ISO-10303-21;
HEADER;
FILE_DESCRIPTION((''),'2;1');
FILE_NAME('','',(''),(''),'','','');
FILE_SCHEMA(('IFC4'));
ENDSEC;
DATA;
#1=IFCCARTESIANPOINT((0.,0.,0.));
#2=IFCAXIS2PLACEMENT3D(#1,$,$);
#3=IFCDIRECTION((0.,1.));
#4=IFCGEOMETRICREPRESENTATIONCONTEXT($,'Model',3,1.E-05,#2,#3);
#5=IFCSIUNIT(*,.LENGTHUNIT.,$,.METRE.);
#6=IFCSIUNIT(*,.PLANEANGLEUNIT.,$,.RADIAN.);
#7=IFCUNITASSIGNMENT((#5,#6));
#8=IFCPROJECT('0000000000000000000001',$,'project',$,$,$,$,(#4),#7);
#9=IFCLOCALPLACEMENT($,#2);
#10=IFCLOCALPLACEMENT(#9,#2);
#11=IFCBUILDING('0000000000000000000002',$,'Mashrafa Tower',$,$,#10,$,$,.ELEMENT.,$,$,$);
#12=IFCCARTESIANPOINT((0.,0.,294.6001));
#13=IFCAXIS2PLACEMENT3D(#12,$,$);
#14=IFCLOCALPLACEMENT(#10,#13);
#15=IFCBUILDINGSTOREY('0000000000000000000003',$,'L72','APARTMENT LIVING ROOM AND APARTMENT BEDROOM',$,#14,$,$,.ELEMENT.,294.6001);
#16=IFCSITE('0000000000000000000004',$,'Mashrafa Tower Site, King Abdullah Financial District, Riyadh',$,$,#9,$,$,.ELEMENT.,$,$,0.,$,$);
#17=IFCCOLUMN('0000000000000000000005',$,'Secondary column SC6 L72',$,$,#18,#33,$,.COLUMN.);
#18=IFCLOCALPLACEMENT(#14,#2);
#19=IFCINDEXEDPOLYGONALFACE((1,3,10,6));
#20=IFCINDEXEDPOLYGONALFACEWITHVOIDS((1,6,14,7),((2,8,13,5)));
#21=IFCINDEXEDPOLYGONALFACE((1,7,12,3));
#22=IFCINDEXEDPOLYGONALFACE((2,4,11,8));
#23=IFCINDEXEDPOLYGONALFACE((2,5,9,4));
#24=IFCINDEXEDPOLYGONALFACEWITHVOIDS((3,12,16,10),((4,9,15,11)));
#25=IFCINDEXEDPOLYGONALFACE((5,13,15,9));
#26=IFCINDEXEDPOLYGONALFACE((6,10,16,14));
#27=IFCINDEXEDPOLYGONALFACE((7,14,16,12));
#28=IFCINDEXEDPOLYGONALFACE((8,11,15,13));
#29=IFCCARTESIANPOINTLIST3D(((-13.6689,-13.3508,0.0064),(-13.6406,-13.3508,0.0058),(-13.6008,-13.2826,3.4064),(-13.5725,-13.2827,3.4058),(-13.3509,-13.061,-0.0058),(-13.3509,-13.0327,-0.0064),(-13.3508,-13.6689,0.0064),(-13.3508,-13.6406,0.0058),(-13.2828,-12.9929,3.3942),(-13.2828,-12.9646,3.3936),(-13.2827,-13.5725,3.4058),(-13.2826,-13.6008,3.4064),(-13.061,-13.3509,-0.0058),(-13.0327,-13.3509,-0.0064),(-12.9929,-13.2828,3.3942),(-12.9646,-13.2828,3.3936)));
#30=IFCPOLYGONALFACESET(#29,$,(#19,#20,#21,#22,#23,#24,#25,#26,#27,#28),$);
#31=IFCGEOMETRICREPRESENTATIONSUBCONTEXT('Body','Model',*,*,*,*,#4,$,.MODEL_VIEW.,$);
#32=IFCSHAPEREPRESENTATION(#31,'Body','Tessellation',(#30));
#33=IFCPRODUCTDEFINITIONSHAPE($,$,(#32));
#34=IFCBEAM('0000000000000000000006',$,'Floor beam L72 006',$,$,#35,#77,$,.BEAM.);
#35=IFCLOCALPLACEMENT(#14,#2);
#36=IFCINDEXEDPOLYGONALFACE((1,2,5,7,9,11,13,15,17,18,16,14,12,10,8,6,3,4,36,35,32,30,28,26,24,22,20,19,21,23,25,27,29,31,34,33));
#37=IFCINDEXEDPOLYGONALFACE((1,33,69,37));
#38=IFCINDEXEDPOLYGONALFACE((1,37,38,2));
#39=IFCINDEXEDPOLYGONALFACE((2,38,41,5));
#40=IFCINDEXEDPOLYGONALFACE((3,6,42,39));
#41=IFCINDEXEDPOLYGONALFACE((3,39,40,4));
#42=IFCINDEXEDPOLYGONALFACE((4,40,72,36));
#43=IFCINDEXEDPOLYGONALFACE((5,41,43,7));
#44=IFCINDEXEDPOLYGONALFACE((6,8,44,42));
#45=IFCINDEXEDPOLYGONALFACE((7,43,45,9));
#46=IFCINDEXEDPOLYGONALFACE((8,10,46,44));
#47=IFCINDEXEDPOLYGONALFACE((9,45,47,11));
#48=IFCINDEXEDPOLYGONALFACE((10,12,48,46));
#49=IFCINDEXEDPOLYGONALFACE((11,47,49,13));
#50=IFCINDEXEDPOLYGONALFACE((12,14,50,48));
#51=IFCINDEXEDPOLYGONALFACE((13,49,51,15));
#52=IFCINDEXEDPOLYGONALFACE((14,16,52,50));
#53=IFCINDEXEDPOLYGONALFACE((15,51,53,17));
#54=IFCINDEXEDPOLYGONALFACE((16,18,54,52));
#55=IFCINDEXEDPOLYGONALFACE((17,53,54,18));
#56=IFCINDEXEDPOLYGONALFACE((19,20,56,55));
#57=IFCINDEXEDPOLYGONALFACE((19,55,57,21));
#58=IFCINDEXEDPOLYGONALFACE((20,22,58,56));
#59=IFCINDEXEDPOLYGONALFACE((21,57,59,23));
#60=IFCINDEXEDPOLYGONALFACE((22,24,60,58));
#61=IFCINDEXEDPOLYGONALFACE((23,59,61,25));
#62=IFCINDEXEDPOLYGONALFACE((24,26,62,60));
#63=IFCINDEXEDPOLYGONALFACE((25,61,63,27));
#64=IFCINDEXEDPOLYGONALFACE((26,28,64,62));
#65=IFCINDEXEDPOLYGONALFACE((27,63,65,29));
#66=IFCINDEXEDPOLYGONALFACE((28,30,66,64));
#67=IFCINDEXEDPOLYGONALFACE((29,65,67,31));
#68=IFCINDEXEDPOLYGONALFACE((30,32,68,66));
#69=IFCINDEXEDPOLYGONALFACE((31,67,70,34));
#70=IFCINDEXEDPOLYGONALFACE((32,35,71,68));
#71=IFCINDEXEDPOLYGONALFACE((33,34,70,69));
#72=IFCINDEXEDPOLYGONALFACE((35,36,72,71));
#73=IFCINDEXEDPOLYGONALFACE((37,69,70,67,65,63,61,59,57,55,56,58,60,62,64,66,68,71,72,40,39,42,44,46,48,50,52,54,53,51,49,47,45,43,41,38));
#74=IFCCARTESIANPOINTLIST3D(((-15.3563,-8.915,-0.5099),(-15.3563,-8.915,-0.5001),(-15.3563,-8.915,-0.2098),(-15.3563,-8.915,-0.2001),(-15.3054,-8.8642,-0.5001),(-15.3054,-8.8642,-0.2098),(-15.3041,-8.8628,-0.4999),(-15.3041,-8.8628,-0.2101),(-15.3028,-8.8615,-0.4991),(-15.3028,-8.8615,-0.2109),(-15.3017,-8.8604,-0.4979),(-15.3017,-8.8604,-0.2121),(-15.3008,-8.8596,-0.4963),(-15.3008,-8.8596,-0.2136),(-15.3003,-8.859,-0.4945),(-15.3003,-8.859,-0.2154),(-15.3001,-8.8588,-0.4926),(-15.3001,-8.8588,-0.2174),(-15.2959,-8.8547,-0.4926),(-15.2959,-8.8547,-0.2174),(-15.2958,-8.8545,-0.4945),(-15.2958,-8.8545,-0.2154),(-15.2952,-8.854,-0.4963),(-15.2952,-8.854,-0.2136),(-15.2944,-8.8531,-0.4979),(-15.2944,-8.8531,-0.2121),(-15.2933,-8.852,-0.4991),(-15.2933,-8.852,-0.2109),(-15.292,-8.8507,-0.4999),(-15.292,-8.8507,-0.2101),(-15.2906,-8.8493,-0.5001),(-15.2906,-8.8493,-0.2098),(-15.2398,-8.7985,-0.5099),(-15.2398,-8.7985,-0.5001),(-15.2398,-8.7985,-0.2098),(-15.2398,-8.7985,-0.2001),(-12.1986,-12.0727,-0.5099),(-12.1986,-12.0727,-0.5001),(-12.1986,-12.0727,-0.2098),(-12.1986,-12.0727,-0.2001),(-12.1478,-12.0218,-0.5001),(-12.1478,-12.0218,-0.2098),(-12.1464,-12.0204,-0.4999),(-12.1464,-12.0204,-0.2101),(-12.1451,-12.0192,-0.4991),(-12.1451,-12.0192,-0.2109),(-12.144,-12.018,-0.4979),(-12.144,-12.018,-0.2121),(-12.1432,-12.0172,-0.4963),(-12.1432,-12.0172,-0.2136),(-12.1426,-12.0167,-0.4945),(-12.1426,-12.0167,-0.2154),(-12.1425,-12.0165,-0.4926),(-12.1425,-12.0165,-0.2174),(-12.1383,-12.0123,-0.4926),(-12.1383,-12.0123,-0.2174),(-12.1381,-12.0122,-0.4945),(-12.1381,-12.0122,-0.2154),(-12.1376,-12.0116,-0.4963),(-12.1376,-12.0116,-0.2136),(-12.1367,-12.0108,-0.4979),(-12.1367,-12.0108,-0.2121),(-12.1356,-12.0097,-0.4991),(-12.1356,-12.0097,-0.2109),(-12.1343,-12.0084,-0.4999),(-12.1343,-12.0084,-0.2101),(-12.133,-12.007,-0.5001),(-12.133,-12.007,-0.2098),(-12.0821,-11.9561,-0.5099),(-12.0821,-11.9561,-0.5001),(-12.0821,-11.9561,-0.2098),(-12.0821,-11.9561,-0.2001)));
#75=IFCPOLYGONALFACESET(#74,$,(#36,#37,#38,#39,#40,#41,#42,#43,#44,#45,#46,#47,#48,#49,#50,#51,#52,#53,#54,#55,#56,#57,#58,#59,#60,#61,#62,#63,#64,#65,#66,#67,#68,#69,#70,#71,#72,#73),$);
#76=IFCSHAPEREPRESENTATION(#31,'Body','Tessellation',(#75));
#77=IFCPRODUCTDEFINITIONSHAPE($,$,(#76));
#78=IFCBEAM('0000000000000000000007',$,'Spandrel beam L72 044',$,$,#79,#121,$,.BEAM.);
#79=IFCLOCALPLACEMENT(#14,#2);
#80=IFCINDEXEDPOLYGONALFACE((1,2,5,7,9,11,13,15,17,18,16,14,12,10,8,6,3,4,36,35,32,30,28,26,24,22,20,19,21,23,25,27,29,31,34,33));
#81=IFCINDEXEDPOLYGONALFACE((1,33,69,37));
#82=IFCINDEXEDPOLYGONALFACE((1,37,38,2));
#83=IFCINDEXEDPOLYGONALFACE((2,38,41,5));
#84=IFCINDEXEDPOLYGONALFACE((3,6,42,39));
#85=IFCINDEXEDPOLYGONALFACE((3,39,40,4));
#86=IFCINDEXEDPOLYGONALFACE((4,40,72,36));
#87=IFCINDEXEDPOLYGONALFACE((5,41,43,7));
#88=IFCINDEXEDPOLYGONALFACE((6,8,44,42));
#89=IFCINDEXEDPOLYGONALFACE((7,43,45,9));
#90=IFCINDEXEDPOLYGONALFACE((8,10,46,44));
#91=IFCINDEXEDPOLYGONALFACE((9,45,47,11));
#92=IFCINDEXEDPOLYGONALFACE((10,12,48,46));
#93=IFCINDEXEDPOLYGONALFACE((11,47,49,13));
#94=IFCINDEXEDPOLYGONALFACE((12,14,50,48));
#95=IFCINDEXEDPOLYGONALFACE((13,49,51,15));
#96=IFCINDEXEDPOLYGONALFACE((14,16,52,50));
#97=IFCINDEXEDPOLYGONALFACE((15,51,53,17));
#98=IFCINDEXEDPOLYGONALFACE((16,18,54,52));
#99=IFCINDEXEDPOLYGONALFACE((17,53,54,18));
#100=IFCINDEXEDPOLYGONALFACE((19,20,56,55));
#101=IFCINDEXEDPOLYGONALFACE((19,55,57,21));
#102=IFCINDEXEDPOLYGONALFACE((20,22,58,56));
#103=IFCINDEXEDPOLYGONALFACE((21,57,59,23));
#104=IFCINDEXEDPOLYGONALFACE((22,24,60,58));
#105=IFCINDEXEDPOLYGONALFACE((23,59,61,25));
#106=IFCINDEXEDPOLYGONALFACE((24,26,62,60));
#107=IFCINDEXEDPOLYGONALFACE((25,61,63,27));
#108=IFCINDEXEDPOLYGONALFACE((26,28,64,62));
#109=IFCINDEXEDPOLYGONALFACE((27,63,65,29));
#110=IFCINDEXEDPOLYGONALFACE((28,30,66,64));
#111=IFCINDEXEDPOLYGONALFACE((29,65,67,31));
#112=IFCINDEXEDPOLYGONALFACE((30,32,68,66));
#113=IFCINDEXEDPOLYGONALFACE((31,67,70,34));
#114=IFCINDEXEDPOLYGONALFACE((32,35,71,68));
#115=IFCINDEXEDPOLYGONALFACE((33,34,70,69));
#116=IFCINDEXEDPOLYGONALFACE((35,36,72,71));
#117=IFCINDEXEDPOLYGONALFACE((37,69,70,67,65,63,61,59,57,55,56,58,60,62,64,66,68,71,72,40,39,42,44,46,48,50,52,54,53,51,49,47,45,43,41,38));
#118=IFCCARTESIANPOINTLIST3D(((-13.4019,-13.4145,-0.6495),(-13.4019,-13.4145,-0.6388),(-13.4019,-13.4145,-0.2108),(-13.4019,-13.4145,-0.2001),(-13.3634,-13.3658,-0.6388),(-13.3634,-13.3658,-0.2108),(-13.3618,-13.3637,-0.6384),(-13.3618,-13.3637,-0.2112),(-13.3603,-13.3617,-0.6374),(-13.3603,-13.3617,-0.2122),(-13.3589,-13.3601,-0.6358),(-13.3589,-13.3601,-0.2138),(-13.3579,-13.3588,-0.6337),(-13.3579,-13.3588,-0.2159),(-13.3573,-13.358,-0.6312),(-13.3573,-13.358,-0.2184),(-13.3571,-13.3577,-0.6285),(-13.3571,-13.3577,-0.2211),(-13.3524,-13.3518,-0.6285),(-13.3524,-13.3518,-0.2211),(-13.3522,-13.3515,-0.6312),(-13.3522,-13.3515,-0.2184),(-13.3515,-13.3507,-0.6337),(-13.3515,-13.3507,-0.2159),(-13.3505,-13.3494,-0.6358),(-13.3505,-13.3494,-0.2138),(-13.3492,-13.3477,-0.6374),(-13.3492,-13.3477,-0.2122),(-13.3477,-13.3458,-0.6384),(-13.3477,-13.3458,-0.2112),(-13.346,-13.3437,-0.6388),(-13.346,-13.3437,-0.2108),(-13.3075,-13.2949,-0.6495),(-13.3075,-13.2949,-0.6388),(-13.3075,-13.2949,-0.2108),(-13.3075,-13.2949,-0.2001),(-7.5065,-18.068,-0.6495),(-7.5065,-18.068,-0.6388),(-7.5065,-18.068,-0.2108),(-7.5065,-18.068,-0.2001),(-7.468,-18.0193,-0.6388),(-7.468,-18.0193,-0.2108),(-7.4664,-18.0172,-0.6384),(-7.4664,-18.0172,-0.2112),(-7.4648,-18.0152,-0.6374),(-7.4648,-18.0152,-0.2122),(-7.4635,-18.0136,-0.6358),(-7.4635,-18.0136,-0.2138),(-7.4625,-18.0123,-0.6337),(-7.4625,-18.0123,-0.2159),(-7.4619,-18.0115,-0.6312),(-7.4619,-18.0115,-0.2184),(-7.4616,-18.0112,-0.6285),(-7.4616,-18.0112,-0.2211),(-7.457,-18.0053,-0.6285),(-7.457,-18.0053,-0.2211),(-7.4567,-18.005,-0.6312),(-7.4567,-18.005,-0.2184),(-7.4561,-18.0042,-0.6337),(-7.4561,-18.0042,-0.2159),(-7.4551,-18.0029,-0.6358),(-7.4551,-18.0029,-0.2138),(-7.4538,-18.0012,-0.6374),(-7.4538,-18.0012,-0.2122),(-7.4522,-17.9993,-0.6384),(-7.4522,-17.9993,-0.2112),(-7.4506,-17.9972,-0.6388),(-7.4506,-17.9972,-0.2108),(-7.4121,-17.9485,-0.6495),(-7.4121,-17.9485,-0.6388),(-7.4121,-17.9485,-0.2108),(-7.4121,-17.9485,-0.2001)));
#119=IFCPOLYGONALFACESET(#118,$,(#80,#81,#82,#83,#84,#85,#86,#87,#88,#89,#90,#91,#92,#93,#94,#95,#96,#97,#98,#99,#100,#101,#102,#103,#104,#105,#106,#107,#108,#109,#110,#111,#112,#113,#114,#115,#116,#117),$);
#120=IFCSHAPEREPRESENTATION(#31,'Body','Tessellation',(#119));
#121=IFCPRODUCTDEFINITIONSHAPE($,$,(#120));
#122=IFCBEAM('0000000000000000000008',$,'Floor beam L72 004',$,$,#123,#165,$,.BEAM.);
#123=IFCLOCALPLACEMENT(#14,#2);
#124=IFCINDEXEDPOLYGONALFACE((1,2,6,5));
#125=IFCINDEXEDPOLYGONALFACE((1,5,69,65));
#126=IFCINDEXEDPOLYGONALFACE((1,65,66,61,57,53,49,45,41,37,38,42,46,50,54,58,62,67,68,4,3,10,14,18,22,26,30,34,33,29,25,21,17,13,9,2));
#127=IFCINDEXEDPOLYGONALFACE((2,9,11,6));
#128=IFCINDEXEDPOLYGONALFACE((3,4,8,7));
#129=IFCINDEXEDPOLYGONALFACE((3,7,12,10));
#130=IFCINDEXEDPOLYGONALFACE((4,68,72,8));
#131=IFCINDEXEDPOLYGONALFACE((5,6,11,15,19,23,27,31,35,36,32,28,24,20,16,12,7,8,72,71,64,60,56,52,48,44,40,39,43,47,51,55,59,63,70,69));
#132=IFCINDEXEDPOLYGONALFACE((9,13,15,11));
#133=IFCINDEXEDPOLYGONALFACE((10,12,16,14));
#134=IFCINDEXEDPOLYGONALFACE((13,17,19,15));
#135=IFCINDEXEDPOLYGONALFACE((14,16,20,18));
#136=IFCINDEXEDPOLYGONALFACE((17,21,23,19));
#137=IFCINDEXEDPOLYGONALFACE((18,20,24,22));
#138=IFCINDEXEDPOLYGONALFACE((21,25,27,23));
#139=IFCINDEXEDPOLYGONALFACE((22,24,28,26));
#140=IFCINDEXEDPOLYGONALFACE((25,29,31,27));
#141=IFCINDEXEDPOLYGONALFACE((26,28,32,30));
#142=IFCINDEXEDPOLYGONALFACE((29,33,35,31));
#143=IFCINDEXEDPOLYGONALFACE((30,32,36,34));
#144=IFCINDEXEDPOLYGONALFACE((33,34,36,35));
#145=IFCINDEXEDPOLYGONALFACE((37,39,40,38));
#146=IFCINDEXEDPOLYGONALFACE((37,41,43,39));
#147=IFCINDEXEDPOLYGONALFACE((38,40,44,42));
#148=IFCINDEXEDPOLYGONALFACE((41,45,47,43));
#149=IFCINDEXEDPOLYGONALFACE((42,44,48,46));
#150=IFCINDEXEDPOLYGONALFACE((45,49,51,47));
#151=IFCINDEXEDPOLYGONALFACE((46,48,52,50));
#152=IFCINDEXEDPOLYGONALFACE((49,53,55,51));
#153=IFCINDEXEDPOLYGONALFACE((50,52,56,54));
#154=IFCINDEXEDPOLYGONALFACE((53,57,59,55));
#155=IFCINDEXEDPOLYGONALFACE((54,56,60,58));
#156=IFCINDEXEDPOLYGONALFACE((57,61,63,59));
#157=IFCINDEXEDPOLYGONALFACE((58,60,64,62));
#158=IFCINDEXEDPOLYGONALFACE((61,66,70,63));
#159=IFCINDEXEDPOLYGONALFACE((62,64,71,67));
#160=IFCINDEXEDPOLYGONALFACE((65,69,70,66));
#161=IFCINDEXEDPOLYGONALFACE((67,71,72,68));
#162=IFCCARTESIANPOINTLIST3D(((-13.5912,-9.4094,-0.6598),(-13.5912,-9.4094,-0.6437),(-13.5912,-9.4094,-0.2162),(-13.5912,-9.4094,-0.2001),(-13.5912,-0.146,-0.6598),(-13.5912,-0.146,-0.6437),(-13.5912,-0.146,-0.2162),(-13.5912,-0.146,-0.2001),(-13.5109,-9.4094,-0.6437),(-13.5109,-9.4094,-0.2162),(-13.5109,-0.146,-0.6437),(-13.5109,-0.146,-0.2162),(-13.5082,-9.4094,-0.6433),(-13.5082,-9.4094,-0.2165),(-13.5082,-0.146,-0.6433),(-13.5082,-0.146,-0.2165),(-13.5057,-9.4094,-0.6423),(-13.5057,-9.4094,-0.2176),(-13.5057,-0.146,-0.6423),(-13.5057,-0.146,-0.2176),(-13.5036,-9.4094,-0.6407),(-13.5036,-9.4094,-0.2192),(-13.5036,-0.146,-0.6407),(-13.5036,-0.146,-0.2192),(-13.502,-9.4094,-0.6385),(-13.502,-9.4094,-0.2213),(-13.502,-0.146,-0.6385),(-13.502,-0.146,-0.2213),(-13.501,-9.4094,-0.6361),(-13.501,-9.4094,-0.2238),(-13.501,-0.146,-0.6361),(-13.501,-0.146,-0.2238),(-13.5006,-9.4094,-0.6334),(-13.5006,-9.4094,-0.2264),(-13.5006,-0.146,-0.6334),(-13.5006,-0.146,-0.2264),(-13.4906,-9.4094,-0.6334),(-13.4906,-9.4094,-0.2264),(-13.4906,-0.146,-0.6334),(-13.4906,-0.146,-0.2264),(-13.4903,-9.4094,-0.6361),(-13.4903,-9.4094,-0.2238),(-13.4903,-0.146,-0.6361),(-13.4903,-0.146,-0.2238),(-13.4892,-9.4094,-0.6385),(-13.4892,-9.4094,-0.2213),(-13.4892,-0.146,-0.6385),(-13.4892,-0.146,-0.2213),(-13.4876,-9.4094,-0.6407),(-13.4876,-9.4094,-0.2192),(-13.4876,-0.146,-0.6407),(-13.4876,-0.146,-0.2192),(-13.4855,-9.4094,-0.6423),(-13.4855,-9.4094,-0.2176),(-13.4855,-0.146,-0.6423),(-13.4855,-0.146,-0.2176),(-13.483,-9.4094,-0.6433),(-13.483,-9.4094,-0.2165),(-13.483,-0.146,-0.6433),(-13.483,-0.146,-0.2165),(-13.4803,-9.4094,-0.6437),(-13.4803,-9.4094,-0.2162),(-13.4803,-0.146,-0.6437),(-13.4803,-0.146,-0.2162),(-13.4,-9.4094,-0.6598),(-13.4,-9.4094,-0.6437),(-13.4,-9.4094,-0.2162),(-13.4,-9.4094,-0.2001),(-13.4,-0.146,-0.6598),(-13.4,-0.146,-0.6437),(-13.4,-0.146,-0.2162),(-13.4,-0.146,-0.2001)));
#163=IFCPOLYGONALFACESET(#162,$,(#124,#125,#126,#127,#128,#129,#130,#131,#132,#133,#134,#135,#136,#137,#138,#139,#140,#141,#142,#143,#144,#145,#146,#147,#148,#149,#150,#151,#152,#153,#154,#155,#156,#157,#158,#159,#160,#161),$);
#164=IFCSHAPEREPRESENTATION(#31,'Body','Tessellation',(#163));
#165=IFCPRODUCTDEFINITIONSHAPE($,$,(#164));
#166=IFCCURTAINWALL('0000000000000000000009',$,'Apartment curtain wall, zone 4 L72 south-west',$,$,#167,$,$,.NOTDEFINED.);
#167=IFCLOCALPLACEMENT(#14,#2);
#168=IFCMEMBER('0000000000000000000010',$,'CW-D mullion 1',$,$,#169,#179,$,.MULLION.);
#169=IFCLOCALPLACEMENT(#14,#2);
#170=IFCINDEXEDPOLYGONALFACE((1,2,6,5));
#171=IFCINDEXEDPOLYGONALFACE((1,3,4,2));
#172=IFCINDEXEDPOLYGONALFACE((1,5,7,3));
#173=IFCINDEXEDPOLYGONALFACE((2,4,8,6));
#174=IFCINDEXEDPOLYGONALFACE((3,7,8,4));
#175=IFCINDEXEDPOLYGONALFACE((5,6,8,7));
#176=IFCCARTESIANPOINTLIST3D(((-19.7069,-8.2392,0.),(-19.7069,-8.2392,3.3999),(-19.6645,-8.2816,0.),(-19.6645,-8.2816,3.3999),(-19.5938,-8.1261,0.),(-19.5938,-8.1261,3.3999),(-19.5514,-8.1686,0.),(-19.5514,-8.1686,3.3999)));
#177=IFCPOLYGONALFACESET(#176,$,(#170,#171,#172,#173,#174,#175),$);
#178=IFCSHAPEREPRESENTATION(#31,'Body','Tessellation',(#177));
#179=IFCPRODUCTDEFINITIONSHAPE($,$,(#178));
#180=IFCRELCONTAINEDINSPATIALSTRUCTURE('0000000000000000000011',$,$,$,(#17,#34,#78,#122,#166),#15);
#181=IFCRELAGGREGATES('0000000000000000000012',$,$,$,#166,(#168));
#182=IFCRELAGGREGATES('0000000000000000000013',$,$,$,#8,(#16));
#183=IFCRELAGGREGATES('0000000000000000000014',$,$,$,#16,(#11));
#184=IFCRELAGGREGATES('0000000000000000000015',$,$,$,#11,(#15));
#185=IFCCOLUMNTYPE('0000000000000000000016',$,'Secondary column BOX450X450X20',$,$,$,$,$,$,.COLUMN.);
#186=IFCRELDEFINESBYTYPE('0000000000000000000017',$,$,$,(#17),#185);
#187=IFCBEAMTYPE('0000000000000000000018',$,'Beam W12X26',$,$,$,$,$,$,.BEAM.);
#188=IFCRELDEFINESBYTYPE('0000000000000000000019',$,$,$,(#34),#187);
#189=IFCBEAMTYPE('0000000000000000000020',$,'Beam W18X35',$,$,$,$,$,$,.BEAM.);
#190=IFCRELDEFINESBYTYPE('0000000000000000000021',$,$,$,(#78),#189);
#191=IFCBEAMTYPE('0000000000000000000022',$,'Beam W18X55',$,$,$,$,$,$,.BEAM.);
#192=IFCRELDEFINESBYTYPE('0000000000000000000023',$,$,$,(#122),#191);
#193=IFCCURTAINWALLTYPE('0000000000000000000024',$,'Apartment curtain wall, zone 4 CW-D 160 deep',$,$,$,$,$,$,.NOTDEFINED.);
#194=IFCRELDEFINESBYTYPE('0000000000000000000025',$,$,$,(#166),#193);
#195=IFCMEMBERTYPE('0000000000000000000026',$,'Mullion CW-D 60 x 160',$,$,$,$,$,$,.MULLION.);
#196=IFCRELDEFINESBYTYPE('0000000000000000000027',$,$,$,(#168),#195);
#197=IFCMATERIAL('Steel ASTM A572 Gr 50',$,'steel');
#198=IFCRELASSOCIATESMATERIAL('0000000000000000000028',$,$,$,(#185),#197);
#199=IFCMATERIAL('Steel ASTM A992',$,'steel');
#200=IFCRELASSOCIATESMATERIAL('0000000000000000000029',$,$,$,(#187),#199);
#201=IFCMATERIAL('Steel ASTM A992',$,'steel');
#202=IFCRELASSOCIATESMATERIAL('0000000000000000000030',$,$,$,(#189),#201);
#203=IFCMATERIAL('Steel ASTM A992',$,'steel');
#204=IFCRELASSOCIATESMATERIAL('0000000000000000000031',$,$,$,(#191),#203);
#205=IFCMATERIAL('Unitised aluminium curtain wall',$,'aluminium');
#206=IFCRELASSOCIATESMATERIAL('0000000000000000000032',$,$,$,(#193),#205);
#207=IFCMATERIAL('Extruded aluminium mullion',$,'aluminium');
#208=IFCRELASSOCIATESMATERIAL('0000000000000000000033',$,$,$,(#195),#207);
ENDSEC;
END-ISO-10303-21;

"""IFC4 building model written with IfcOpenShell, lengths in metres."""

from ifc_helpers import new_model, si_unit, direction, frame, origin, origin_2d, place, context, subcontext, project, spatial, rectangle, hollow_rectangle, i_section, extrude, source, transform, mapped, material, material_profile, profile_set, type_object, type_shapes, element, aggregate, save


model = new_model("IFC4")

# Units and contexts
model_context = context("Model", 3, precision=1e-05, world=origin(), true_north=direction((0.0, 1.0)))
body_context = subcontext(model_context, "Body", "Model", "MODEL_VIEW")
ifc_project = project(units=[si_unit("LENGTHUNIT", "METRE"), si_unit("PLANEANGLEUNIT", "RADIAN")], contexts=[model_context])

# Site, building, storey
site_placement = place(None, origin())
site = spatial("IfcSite", under=ifc_project, at=site_placement, Name="Mashrafa Tower Site, King Abdullah Financial District, Riyadh", CompositionType="ELEMENT", RefElevation=0.0)
building_placement = place(site_placement, origin())
building = spatial("IfcBuilding", under=site, at=building_placement, Name="Mashrafa Tower", CompositionType="ELEMENT")
storey_placement = place(building_placement, frame((0.0, 0.0, 294.6001)))
storey = spatial("IfcBuildingStorey", under=building, at=storey_placement, Name="L72", Description="APARTMENT LIVING ROOM AND APARTMENT BEDROOM", CompositionType="ELEMENT", Elevation=294.6001)

# Column
ifc_material_1 = material(Name="Steel ASTM A572 Gr 50", Category="steel")
ifc_material_profile_1 = material_profile(ifc_material_1, hollow_rectangle(XDim=0.45, YDim=0.45, WallThickness=0.02, at=origin_2d()), Name="BOX450X450X20")
ifc_profile_set_1 = profile_set([ifc_material_profile_1], Name="Steel ASTM A572 Gr 50")
column_type = type_object("IfcColumnType", Name="Secondary column BOX450X450X20", PredefinedType="COLUMN", material=ifc_profile_set_1)
column_placement = place(storey_placement, frame((-13.3508, -13.3508, 0.0), z_axis=(0.020026, 0.020026, 0.999599), x_axis=(-0.707107, 0.707107, 0.0)))
element("IfcColumn", 1, at=column_placement, inside=storey, type_object=column_type, Name="Secondary column SC6 L72", PredefinedType="COLUMN", context=body_context, shape_type="SweptSolid", body=[
    extrude(hollow_rectangle(XDim=0.45, YDim=0.45, WallThickness=0.02, at=origin_2d()), origin(), (0.0, 0.0, 1.0), 3.4014),
])

# Beams
ifc_material_2 = material(Name="Steel ASTM A992", Category="steel")
ifc_material_profile_2 = material_profile(ifc_material_2, i_section(OverallWidth=0.1648, OverallDepth=0.3098, WebThickness=0.0059, FlangeThickness=0.0098, FilletRadius=0.0076, at=origin_2d()), Name="W12X26")
ifc_profile_set_2 = profile_set([ifc_material_profile_2], Name="Steel ASTM A992")
beam_type_1 = type_object("IfcBeamType", Name="Beam W12X26", PredefinedType="BEAM", material=ifc_profile_set_2)
beam_1_placement = place(storey_placement, frame((-12.1404, -12.0144, -0.355), z_axis=(-0.707107, 0.707107, 0.0), x_axis=(-0.707107, -0.707107, 0.0)))
element("IfcBeam", 2, at=beam_1_placement, inside=storey, type_object=beam_type_1, Name="Floor beam L72 006", PredefinedType="BEAM", context=body_context, shape_type="SweptSolid", body=[
    extrude(i_section(OverallWidth=0.1648, OverallDepth=0.3098, WebThickness=0.0059, FlangeThickness=0.0098, FilletRadius=0.0076, at=origin_2d()), origin(), (0.0, 0.0, 1.0), 4.4656),
])
ifc_material_3 = material(Name="Steel ASTM A992", Category="steel")
ifc_material_profile_3 = material_profile(ifc_material_3, i_section(OverallWidth=0.1523, OverallDepth=0.4495, WebThickness=0.0076, FlangeThickness=0.0107, FilletRadius=0.0103, at=origin_2d()), Name="W18X35")
ifc_profile_set_3 = profile_set([ifc_material_profile_3], Name="Steel ASTM A992")
beam_type_2 = type_object("IfcBeamType", Name="Beam W18X35", PredefinedType="BEAM", material=ifc_profile_set_3)
beam_2_placement = place(storey_placement, frame((-13.3547, -13.3547, -0.4248), z_axis=(0.784934, -0.61958, 0.0), x_axis=(0.61958, 0.784934, 0.0)))
element("IfcBeam", 3, at=beam_2_placement, inside=storey, type_object=beam_type_2, Name="Spandrel beam L72 044", PredefinedType="BEAM", context=body_context, shape_type="SweptSolid", body=[
    extrude(i_section(OverallWidth=0.1523, OverallDepth=0.4495, WebThickness=0.0076, FlangeThickness=0.0107, FilletRadius=0.0103, at=origin_2d()), origin(), (0.0, 0.0, 1.0), 7.5107),
])
ifc_material_4 = material(Name="Steel ASTM A992", Category="steel")
ifc_material_profile_4 = material_profile(ifc_material_4, i_section(OverallWidth=0.1912, OverallDepth=0.4597, WebThickness=0.01, FlangeThickness=0.0161, FilletRadius=0.0103, at=origin_2d()), Name="W18X55")
ifc_profile_set_4 = profile_set([ifc_material_profile_4], Name="Steel ASTM A992")
beam_type_3 = type_object("IfcBeamType", Name="Beam W18X55", PredefinedType="BEAM", material=ifc_profile_set_4)
beam_3_placement = place(storey_placement, frame((-13.4956, -9.4094, -0.4299), z_axis=(0.0, 1.0, 0.0), x_axis=(-1.0, 0.0, 0.0)))
element("IfcBeam", 4, at=beam_3_placement, inside=storey, type_object=beam_type_3, Name="Floor beam L72 004", PredefinedType="BEAM", context=body_context, shape_type="SweptSolid", body=[
    extrude(i_section(OverallWidth=0.1912, OverallDepth=0.4597, WebThickness=0.01, FlangeThickness=0.0161, FilletRadius=0.0103, at=origin_2d()), origin(), (0.0, 0.0, 1.0), 9.2634),
])

# Curtain wall, member
ifc_material_5 = material(Name="Unitised aluminium curtain wall", Category="aluminium")
curtain_wall_type = type_object("IfcCurtainWallType", Name="Apartment curtain wall, zone 4 CW-D 160 deep", PredefinedType="NOTDEFINED", material=ifc_material_5)
curtain_wall_placement = place(storey_placement, origin())
curtain_wall = element("IfcCurtainWall", 5, at=curtain_wall_placement, inside=storey, type_object=curtain_wall_type, Name="Apartment curtain wall, zone 4 L72 south-west", PredefinedType="NOTDEFINED")
ifc_material_6 = material(Name="Extruded aluminium mullion", Category="aluminium")
ifc_material_profile_5 = material_profile(ifc_material_6, rectangle(XDim=0.1599, YDim=0.0601, at=origin_2d()), Name="Mullion 60x160")
ifc_profile_set_5 = profile_set([ifc_material_profile_5], Name="Extruded aluminium mullion")
member_type_1 = type_object("IfcMemberType", Name="Mullion CW-D 60 x 160", PredefinedType="MULLION", material=ifc_profile_set_5)
shared_shape_1 = source(origin(), body_context, "Body", "SweptSolid", [
    extrude(rectangle(XDim=0.1599, YDim=0.0601, at=origin_2d()), origin(), (0.0, 0.0, 1.0), 3.3999),
])
type_shapes(member_type_1, [shared_shape_1])
member_1_placement = place(storey_placement, frame((-19.6292, -8.2039, 0.0), z_axis=(0.0, 0.0, 1.0), x_axis=(0.707107, 0.707107, 0.0)))
member_1 = element("IfcMember", 6, at=member_1_placement, type_object=member_type_1, Name="CW-D mullion 1", PredefinedType="MULLION", context=body_context, shape_type="MappedRepresentation", body=[
    mapped(shared_shape_1, transform((0.0, 0.0, 0.0))),
])
aggregate(curtain_wall, [member_1])

save(model, "model.ifc")
